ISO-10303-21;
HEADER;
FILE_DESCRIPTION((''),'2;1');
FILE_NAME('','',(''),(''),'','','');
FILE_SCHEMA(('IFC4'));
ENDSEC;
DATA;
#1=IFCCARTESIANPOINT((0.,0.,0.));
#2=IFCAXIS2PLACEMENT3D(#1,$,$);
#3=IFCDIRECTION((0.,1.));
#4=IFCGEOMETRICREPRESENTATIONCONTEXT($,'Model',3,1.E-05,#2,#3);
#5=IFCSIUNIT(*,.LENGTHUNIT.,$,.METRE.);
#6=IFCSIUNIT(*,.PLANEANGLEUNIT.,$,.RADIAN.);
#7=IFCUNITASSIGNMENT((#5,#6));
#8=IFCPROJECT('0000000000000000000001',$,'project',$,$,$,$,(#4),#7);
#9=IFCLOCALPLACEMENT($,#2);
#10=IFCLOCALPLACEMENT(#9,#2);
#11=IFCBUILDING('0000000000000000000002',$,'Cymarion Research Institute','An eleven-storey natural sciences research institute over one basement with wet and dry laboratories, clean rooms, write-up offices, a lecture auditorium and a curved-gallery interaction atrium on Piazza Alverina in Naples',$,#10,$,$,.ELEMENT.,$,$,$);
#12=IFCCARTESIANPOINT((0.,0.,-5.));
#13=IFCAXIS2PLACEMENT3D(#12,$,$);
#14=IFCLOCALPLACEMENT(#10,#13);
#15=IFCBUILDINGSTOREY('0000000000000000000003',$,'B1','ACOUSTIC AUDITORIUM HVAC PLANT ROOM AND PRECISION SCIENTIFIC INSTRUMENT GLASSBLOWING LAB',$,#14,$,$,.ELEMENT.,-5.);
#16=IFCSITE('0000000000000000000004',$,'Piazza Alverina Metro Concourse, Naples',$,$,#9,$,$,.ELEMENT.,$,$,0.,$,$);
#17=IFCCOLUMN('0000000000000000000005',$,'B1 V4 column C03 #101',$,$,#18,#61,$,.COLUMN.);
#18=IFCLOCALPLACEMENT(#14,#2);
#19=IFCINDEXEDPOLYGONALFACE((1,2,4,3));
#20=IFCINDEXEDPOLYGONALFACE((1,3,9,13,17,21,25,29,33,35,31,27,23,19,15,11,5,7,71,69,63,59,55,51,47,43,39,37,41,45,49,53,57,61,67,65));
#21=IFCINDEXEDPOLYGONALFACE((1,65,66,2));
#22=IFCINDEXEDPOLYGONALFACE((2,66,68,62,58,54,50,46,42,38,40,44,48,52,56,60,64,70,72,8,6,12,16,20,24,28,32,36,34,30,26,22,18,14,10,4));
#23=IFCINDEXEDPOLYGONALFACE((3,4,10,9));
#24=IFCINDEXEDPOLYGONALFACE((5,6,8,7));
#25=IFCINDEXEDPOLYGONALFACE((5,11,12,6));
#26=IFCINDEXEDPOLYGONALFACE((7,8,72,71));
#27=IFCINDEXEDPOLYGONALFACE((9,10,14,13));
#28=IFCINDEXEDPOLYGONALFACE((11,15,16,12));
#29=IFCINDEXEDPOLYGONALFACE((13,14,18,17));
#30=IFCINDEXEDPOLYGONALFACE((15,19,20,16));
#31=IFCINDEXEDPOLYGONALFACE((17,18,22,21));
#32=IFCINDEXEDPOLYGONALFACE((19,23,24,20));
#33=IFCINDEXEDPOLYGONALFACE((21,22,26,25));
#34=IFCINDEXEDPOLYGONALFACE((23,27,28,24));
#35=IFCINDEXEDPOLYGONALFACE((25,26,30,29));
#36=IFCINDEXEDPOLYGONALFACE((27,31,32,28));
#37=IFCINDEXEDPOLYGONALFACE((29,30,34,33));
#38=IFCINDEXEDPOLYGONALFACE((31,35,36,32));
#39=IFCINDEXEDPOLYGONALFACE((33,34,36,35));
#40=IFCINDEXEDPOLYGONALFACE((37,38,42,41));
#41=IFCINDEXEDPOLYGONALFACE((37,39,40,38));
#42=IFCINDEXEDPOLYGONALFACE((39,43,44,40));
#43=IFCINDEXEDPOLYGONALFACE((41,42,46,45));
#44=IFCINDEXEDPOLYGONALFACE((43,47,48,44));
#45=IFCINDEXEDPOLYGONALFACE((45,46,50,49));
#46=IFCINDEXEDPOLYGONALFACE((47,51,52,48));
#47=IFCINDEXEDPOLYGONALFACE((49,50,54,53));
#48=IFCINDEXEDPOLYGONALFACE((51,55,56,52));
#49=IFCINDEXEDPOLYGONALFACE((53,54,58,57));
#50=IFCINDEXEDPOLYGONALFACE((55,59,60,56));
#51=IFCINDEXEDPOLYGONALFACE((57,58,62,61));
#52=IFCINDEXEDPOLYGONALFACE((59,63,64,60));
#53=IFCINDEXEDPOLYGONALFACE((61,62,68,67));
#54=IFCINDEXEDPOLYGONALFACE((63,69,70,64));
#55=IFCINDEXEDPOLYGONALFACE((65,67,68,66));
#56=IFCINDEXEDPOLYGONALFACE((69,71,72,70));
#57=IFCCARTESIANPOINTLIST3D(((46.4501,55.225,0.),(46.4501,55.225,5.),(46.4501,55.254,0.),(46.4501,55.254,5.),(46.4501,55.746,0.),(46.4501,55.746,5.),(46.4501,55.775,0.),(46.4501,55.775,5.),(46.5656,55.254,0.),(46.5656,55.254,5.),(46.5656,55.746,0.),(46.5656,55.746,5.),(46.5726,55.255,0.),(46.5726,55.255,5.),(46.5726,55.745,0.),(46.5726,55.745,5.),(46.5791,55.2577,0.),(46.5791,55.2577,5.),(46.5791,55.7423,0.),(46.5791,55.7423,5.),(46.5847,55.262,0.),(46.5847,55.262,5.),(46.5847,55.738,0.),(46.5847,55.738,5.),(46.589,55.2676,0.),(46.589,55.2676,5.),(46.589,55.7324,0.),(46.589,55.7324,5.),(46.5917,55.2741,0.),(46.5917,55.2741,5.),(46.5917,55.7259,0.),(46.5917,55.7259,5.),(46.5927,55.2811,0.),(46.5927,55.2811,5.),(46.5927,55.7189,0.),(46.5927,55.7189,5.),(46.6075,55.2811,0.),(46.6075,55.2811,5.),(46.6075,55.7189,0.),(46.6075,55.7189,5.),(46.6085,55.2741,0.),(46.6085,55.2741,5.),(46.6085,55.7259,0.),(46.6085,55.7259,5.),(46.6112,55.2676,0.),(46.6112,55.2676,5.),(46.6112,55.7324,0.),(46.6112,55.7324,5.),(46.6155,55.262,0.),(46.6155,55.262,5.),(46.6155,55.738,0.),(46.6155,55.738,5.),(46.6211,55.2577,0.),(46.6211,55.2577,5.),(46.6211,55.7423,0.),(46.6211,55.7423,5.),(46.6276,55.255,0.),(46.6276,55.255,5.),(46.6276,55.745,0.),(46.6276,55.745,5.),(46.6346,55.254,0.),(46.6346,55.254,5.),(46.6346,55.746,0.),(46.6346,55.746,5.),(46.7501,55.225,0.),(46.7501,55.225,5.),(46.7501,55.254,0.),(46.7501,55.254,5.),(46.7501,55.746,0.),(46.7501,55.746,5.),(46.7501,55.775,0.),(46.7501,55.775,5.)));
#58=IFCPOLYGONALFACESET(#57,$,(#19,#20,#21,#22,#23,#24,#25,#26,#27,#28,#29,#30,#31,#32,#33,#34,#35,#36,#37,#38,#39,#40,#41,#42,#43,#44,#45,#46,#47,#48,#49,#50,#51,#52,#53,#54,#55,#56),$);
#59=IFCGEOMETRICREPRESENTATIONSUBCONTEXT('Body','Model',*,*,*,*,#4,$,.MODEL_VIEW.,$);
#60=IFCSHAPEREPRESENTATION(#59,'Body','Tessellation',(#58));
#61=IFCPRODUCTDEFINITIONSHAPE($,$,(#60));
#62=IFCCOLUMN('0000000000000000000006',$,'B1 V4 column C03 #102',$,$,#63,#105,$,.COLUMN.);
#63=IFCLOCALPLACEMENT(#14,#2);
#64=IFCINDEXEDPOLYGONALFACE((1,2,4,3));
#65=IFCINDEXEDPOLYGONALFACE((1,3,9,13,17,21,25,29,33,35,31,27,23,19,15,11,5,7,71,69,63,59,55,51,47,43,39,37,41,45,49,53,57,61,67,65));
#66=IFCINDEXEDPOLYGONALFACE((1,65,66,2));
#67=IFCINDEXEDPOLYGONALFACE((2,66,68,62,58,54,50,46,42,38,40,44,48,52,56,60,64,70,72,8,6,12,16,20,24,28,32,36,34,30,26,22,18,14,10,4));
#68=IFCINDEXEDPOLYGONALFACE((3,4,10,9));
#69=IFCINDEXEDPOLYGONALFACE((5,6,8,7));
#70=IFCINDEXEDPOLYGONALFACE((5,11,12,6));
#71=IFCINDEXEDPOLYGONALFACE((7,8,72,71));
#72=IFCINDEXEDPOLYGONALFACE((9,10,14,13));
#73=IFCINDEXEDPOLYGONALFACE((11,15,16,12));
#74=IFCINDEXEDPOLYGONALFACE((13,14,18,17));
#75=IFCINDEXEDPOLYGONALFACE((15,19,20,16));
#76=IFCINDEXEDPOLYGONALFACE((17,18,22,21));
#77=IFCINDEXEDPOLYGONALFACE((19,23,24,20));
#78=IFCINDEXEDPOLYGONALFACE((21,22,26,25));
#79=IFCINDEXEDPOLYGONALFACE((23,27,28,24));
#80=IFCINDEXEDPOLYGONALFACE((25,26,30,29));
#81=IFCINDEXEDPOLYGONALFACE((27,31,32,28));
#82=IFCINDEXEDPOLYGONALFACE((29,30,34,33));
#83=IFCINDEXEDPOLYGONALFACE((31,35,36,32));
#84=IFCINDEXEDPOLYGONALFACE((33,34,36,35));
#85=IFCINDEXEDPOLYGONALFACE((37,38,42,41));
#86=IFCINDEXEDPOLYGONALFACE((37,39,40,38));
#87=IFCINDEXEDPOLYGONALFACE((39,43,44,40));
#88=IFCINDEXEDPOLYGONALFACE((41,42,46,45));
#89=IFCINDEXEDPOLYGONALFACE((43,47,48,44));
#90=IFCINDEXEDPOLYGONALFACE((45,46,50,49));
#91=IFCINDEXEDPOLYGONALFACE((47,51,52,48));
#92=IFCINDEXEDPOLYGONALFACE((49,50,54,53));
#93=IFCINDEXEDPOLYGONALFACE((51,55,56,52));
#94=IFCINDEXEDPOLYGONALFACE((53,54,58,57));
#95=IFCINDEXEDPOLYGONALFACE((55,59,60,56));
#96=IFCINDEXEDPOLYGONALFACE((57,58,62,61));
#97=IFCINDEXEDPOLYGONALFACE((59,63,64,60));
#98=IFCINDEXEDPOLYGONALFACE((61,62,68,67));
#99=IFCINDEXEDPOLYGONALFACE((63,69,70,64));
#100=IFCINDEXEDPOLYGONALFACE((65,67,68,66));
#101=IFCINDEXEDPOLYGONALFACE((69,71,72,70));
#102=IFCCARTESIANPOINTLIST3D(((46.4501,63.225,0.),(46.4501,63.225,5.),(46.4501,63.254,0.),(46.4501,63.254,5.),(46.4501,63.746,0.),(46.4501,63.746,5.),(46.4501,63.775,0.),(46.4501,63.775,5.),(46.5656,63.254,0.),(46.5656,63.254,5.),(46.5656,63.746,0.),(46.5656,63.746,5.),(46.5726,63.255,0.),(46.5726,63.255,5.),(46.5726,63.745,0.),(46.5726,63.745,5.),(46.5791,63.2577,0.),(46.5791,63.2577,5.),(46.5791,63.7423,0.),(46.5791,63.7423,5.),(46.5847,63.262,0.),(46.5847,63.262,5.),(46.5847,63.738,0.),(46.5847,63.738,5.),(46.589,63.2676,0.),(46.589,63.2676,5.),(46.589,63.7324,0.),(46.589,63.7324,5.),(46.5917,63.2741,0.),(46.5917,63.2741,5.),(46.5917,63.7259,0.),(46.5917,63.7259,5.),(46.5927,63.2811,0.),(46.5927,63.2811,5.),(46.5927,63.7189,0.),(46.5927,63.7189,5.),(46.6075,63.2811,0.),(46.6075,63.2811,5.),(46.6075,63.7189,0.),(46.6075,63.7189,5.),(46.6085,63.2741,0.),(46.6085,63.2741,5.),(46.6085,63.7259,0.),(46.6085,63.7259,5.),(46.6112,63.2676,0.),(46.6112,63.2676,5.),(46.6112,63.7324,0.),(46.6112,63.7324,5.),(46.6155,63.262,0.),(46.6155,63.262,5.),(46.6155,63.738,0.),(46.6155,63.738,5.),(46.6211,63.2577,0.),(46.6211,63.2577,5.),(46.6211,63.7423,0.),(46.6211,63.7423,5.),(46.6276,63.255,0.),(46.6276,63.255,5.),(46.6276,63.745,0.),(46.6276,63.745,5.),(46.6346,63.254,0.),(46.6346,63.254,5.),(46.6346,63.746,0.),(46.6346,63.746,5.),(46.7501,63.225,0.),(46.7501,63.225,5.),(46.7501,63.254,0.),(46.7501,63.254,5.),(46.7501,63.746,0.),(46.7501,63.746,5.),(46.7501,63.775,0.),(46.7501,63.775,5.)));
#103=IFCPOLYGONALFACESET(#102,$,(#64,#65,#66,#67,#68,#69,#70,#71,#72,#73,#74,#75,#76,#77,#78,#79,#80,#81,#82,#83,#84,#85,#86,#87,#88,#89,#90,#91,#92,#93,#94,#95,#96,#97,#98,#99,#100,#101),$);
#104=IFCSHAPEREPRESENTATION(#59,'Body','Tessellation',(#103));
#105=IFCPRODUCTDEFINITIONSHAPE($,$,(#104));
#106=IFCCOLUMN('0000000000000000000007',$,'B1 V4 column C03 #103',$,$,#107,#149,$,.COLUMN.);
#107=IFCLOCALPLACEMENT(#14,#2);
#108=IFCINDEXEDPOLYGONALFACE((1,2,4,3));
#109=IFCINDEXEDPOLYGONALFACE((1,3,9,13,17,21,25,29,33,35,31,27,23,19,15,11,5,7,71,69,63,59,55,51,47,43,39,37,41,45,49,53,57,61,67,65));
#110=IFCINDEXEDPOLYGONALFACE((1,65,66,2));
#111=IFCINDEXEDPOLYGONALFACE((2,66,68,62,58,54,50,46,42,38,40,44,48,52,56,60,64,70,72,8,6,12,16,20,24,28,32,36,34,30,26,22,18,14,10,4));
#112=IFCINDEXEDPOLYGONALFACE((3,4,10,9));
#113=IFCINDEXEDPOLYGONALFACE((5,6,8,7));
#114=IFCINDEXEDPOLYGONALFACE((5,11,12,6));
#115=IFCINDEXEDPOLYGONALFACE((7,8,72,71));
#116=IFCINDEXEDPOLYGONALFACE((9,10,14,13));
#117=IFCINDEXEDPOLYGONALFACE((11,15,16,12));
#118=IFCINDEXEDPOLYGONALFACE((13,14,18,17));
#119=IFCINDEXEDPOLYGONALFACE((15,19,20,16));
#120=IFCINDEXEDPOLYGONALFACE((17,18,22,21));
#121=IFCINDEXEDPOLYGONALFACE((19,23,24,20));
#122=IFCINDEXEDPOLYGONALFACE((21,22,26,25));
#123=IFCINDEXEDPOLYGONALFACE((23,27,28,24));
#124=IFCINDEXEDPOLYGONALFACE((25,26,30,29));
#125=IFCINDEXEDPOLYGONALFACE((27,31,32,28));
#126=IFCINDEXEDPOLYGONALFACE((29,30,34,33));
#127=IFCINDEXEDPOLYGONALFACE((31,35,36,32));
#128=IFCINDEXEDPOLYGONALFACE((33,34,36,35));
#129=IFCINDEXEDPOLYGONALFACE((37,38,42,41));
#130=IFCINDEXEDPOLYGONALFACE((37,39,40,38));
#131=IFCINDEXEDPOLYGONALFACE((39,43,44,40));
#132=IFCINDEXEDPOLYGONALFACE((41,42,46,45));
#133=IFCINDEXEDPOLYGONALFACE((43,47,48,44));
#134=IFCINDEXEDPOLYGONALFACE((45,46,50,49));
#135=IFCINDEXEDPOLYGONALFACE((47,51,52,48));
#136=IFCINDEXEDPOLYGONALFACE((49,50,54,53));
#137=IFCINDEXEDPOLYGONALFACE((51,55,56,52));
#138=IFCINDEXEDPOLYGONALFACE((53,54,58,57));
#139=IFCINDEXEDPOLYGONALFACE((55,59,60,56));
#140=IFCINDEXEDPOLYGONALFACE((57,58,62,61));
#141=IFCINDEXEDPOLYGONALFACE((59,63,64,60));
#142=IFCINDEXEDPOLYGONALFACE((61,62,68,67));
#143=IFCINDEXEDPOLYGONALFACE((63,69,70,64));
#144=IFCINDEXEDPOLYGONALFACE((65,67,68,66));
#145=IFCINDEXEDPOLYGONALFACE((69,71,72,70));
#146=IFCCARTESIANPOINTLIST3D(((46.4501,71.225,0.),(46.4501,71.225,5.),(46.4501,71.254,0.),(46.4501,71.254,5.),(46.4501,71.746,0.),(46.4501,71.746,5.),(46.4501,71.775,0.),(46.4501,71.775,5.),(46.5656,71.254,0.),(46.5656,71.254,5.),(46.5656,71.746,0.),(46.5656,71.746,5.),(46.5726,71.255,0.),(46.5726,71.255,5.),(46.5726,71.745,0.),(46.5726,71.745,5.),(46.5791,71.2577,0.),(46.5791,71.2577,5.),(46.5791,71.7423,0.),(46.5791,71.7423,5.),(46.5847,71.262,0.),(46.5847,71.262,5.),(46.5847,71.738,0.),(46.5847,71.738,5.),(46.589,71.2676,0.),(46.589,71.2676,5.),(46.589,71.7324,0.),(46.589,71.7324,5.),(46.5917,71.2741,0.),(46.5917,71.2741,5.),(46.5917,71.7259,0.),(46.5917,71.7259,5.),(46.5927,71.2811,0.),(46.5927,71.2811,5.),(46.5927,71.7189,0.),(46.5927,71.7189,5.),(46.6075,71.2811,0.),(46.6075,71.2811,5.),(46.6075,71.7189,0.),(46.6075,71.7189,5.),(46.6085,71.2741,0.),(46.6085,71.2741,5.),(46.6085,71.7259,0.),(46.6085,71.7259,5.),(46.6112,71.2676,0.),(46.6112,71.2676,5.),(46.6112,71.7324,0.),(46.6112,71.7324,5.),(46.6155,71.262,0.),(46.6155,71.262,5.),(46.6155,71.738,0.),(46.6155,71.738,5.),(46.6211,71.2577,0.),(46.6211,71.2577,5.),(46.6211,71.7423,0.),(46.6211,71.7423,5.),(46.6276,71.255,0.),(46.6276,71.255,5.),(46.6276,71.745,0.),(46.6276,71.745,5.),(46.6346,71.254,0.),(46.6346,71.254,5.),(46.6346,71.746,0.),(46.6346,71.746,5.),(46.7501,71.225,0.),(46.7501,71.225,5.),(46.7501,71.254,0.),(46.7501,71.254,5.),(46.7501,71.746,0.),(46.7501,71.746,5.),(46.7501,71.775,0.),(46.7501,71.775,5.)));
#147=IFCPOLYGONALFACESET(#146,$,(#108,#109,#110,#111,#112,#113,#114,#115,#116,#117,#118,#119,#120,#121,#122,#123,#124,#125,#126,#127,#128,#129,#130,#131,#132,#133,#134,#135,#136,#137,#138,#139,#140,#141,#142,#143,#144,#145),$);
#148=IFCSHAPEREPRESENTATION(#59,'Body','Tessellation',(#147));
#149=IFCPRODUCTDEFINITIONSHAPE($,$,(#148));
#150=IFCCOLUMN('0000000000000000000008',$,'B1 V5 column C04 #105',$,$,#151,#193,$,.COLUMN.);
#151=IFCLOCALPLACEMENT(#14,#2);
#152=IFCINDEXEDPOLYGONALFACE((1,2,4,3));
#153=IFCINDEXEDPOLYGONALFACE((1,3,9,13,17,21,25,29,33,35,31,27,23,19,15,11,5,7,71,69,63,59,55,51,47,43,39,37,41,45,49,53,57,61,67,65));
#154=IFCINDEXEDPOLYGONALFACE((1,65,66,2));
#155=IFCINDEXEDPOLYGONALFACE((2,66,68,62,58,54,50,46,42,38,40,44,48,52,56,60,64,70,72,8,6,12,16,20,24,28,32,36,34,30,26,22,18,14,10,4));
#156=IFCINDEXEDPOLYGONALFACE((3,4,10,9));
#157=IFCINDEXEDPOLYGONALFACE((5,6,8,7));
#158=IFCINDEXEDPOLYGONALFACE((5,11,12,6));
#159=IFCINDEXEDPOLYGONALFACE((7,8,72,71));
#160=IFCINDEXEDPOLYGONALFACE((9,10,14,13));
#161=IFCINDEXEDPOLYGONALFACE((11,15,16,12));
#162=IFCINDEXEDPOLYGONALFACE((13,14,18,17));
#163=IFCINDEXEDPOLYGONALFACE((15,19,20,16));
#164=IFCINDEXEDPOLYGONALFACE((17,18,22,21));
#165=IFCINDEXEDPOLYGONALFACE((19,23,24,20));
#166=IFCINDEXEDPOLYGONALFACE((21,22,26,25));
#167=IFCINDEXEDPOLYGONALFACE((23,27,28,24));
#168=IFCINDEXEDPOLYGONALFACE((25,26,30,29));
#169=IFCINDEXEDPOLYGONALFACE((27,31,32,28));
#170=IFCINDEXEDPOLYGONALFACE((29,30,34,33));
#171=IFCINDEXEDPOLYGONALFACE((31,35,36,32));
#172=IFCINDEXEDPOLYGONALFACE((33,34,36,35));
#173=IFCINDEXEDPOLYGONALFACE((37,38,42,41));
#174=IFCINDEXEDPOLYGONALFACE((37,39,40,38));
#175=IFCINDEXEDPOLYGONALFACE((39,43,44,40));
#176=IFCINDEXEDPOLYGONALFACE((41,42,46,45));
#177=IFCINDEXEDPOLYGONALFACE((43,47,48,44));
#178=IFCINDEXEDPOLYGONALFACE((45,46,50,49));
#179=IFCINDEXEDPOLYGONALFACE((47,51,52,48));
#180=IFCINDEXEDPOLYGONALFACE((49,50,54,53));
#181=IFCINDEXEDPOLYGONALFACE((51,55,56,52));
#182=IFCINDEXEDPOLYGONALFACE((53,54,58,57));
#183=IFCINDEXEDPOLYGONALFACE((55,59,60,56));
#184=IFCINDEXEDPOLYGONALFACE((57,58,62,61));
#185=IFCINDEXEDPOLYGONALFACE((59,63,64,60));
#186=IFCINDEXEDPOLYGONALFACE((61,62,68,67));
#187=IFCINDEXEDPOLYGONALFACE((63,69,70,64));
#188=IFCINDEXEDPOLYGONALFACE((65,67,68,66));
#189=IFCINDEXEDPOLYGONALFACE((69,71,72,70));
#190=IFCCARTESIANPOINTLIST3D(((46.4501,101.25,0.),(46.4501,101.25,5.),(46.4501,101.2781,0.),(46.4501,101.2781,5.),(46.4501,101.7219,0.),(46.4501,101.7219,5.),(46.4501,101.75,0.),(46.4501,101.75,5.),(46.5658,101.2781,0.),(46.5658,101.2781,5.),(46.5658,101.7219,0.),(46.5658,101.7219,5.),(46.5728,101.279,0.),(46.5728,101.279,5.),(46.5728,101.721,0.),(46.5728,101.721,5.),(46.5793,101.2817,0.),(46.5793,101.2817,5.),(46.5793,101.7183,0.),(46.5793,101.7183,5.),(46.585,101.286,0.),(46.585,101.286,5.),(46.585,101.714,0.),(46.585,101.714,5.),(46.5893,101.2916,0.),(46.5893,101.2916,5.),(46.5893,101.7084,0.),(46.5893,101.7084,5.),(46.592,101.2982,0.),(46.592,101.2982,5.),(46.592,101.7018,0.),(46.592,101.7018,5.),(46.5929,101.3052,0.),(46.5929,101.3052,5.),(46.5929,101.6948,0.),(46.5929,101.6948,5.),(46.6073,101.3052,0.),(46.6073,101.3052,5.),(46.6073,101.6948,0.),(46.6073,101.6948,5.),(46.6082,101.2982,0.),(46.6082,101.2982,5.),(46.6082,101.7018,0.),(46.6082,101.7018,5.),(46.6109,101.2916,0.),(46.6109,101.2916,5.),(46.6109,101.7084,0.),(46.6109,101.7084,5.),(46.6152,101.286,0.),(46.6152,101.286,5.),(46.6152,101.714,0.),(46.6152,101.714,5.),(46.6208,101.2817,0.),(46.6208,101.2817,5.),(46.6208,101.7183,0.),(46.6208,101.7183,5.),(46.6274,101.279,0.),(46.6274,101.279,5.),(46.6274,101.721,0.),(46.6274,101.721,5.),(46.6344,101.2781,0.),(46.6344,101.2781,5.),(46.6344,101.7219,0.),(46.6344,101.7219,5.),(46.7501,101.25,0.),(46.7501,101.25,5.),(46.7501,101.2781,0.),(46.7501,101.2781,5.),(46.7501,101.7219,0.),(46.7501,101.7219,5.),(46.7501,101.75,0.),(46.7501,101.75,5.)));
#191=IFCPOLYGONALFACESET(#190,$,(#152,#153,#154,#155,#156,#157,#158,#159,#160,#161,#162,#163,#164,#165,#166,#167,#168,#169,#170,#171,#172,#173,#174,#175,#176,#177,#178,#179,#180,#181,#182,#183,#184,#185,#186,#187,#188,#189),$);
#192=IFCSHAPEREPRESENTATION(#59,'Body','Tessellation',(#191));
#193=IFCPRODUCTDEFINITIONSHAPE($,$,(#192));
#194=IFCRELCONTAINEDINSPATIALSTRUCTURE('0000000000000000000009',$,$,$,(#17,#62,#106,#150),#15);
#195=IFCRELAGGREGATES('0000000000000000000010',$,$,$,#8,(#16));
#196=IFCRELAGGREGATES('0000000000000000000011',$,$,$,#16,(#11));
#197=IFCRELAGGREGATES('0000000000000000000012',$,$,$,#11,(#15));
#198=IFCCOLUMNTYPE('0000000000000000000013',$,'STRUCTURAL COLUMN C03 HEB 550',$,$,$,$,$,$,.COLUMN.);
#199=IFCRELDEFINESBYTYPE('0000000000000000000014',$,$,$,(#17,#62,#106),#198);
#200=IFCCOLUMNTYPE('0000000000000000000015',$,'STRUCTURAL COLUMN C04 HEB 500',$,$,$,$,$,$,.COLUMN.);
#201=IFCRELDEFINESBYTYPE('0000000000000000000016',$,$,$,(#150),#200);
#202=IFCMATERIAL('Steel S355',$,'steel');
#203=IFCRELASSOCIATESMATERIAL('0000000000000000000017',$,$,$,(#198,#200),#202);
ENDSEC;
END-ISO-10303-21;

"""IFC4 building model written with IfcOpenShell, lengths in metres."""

from ifc_helpers import new_model, si_unit, direction, frame, origin, origin_2d, place, context, subcontext, project, spatial, i_section, extrude, material, material_profile, profile_set, type_object, element, save


model = new_model("IFC4")

# Units and contexts
model_context = context("Model", 3, precision=1e-05, world=origin(), true_north=direction((0.0, 1.0)))
body_context = subcontext(model_context, "Body", "Model", "MODEL_VIEW")
ifc_project = project(units=[si_unit("LENGTHUNIT", "METRE"), si_unit("PLANEANGLEUNIT", "RADIAN")], contexts=[model_context])

# Site, building, storey
site_placement = place(None, origin())
site = spatial("IfcSite", under=ifc_project, at=site_placement, Name="Piazza Alverina Metro Concourse, Naples", CompositionType="ELEMENT", RefElevation=0.0)
building_placement = place(site_placement, origin())
building = spatial("IfcBuilding", under=site, at=building_placement, Name="Cymarion Research Institute", Description="An eleven-storey natural sciences research institute over one basement with wet and dry laboratories, clean rooms, write-up offices, a lecture auditorium and a curved-gallery interaction atrium on Piazza Alverina in Naples", CompositionType="ELEMENT")
storey_placement = place(building_placement, frame((0.0, 0.0, -5.0)))
storey = spatial("IfcBuildingStorey", under=building, at=storey_placement, Name="B1", Description="ACOUSTIC AUDITORIUM HVAC PLANT ROOM AND PRECISION SCIENTIFIC INSTRUMENT GLASSBLOWING LAB", CompositionType="ELEMENT", Elevation=-5.0)

# Columns
ifc_material_1 = material(Name="Steel S355", Category="steel")
ifc_material_profile_1 = material_profile(ifc_material_1, i_section(OverallWidth=0.3, OverallDepth=0.55, WebThickness=0.0149, FlangeThickness=0.0291, FilletRadius=0.0271, at=origin_2d()), Name="HEB 550")
ifc_profile_set_1 = profile_set([ifc_material_profile_1], Name="Steel S355")
column_type_1 = type_object("IfcColumnType", Name="STRUCTURAL COLUMN C03 HEB 550", PredefinedType="COLUMN", material=ifc_profile_set_1)
for number, where, z_axis, x_axis, name in (
    (1, (46.6001, 55.5, 0.0), (0.0, 0.0, 1.0), (1.0, 0.0, 0.0), "B1 V4 column C03 #101"),
    (2, (46.6001, 63.5, 0.0), (0.0, 0.0, 1.0), (1.0, 0.0, 0.0), "B1 V4 column C03 #102"),
    (3, (46.6001, 71.5, 0.0), (0.0, 0.0, 1.0), (1.0, 0.0, 0.0), "B1 V4 column C03 #103"),
):
    element("IfcColumn", number, at=place(storey_placement, frame(where, z_axis=z_axis, x_axis=x_axis)), inside=storey, type_object=column_type_1, Name=name, PredefinedType="COLUMN", context=body_context, shape_type="SweptSolid", body=[
        extrude(i_section(OverallWidth=0.3, OverallDepth=0.55, WebThickness=0.0149, FlangeThickness=0.0291, FilletRadius=0.0271, at=origin_2d()), origin(), (0.0, 0.0, 1.0), 5.0),
    ])
ifc_material_profile_2 = material_profile(ifc_material_1, i_section(OverallWidth=0.3, OverallDepth=0.5, WebThickness=0.0144, FlangeThickness=0.0281, FilletRadius=0.0271, at=origin_2d()), Name="HEB 500")
ifc_profile_set_2 = profile_set([ifc_material_profile_2], Name="Steel S355")
column_type_2 = type_object("IfcColumnType", Name="STRUCTURAL COLUMN C04 HEB 500", PredefinedType="COLUMN", material=ifc_profile_set_2)
for number, where, z_axis, x_axis, name in (
    (4, (46.6001, 101.5, 0.0), (0.0, 0.0, 1.0), (1.0, 0.0, 0.0), "B1 V5 column C04 #105"),
):
    element("IfcColumn", number, at=place(storey_placement, frame(where, z_axis=z_axis, x_axis=x_axis)), inside=storey, type_object=column_type_2, Name=name, PredefinedType="COLUMN", context=body_context, shape_type="SweptSolid", body=[
        extrude(i_section(OverallWidth=0.3, OverallDepth=0.5, WebThickness=0.0144, FlangeThickness=0.0281, FilletRadius=0.0271, at=origin_2d()), origin(), (0.0, 0.0, 1.0), 5.0),
    ])

save(model, "model.ifc")
